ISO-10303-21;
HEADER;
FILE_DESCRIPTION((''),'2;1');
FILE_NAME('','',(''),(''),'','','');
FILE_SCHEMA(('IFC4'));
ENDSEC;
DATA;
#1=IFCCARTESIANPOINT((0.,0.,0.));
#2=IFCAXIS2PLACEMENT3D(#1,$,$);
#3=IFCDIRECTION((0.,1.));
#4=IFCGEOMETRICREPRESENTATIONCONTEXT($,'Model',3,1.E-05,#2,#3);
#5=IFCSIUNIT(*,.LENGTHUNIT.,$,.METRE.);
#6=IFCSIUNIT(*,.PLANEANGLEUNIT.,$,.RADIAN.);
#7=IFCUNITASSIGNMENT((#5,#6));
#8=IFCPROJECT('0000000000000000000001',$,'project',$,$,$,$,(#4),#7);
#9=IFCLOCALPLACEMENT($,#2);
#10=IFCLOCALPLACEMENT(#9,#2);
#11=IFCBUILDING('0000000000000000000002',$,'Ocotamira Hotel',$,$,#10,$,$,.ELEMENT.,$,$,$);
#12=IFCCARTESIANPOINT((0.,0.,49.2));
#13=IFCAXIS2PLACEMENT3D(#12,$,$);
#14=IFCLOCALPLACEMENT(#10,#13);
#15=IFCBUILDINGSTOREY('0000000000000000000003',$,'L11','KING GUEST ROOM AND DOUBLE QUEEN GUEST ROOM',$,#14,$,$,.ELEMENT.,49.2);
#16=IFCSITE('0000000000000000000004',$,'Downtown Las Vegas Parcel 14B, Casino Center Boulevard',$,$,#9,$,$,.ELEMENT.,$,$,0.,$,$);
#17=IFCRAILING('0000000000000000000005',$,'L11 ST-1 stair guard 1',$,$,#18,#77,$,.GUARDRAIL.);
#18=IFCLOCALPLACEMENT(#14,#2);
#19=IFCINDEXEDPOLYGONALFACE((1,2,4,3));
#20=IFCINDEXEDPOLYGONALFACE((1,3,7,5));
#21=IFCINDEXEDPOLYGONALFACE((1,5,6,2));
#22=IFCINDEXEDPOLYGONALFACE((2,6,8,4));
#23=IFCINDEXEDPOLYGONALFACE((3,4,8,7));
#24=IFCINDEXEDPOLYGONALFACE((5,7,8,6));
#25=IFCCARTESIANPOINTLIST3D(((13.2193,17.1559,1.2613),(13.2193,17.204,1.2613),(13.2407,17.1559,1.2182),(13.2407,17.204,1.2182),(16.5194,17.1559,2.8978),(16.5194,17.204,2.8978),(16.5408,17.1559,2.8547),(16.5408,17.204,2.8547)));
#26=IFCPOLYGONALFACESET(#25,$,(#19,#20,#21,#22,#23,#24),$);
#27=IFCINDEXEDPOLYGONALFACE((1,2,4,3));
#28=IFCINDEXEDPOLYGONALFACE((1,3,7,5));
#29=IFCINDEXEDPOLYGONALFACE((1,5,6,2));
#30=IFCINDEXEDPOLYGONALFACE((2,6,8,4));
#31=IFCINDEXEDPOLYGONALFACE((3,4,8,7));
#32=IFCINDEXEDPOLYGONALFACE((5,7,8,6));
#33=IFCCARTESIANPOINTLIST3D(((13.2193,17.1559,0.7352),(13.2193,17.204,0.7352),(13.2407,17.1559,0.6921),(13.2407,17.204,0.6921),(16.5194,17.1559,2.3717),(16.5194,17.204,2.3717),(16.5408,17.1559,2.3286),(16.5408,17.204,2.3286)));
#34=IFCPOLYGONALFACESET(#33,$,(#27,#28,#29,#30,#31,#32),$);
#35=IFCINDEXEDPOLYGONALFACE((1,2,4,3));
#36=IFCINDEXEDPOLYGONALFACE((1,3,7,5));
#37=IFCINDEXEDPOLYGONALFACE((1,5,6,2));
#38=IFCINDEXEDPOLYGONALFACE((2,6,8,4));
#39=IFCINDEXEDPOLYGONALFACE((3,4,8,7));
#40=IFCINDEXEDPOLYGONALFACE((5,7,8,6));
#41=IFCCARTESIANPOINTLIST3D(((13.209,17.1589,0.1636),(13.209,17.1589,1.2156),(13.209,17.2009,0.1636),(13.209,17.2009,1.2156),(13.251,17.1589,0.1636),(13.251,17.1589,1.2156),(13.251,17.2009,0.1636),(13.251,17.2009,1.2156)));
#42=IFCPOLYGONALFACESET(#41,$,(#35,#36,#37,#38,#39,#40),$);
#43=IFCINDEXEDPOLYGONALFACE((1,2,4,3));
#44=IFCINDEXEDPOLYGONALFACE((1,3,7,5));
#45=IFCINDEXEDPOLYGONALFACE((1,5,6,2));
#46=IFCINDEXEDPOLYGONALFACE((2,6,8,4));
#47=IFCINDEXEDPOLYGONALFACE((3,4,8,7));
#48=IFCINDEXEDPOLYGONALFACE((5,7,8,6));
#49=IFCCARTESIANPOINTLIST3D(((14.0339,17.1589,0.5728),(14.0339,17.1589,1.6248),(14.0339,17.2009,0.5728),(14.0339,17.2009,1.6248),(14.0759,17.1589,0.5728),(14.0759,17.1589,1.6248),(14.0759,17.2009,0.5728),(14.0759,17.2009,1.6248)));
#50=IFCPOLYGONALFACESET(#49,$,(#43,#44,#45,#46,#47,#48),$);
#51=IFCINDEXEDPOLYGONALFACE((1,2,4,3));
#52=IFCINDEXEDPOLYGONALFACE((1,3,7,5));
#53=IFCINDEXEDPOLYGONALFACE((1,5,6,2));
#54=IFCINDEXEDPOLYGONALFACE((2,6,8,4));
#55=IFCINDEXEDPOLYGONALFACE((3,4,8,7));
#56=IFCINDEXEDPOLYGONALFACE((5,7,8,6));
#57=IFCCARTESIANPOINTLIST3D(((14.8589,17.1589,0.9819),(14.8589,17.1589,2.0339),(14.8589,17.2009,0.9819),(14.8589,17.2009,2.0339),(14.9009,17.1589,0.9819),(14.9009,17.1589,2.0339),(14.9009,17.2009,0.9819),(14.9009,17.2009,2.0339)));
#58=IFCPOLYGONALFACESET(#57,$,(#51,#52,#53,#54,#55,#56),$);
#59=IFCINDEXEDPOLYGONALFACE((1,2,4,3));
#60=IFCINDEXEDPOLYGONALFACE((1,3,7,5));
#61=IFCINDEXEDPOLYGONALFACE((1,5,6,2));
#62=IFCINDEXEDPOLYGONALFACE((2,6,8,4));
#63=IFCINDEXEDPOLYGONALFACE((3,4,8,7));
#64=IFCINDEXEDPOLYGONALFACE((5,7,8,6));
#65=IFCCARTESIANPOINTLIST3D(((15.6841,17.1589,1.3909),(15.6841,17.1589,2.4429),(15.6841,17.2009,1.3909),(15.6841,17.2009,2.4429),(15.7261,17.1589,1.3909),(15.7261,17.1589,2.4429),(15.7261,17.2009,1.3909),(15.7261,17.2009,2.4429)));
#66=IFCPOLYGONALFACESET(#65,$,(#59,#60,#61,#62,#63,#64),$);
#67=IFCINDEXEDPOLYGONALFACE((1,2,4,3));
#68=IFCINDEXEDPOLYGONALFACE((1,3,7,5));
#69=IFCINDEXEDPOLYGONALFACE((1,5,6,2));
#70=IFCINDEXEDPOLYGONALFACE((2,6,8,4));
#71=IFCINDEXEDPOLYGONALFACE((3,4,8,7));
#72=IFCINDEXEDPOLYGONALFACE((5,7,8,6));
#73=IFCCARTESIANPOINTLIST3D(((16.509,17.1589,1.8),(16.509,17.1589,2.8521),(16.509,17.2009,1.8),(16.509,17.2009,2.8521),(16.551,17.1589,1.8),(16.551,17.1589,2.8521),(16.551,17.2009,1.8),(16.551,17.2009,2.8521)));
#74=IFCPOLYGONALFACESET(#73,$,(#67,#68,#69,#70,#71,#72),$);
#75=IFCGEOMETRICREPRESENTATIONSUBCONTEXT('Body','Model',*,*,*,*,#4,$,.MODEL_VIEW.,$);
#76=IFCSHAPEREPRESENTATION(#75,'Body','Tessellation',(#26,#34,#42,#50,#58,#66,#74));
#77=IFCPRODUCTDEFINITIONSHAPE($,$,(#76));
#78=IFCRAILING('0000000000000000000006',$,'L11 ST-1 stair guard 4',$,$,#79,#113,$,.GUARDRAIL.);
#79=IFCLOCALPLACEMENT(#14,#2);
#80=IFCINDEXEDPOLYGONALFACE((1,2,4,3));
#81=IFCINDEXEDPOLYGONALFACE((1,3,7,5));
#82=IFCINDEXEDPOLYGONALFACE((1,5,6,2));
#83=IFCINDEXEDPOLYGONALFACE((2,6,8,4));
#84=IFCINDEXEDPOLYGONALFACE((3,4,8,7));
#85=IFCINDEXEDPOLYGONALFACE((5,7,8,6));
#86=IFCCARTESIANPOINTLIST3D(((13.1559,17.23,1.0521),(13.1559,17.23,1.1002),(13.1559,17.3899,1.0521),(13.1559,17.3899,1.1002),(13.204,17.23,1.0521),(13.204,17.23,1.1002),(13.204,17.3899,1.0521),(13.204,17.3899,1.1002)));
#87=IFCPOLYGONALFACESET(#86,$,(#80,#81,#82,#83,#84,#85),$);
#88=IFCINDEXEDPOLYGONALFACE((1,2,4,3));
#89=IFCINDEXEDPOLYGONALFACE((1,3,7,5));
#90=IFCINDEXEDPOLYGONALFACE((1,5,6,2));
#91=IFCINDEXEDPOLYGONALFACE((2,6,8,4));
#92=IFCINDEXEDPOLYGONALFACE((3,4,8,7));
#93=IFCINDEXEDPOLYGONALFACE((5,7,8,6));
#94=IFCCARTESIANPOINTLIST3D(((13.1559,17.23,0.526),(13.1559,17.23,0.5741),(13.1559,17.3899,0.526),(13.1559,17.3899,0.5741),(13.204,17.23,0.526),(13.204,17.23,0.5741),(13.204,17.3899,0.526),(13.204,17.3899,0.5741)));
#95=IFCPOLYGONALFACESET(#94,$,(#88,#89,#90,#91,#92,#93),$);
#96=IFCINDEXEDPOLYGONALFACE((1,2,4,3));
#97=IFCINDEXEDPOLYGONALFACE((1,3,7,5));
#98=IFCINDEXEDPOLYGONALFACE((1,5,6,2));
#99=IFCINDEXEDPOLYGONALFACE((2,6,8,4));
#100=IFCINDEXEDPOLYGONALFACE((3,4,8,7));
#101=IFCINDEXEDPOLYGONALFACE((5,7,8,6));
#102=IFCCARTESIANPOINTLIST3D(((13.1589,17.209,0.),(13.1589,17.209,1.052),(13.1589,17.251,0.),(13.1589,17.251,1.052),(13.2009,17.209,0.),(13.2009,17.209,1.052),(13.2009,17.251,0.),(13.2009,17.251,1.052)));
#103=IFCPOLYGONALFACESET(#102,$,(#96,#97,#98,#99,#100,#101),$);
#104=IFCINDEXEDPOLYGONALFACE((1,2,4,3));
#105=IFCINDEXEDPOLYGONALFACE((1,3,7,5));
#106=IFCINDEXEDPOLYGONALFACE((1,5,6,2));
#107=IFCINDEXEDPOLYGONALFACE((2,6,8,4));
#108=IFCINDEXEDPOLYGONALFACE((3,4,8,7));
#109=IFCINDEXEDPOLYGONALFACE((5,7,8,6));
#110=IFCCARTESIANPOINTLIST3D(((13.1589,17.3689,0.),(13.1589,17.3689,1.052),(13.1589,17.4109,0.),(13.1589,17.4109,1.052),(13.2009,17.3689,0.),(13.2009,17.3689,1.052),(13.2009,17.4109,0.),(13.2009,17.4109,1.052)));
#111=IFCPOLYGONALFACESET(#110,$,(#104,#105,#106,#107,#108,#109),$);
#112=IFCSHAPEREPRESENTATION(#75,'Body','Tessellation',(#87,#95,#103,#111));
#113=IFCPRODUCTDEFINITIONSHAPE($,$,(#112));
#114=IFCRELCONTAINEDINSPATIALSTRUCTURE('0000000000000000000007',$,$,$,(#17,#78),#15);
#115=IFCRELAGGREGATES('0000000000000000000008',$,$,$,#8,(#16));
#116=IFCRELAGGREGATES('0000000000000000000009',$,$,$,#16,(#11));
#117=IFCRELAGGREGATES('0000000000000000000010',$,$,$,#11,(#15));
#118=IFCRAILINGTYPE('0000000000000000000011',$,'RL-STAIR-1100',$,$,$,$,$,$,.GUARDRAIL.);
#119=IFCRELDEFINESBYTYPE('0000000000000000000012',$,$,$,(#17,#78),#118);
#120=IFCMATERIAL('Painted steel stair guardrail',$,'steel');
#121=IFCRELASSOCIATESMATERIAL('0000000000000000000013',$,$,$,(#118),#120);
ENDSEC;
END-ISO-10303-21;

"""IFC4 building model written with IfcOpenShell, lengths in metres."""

from ifc_helpers import new_model, si_unit, direction, frame, origin, origin_2d, place, context, subcontext, project, spatial, rectangle, extrude, material, type_object, element, save


model = new_model("IFC4")

# Units and contexts
model_context = context("Model", 3, precision=1e-05, world=origin(), true_north=direction((0.0, 1.0)))
body_context = subcontext(model_context, "Body", "Model", "MODEL_VIEW")
ifc_project = project(units=[si_unit("LENGTHUNIT", "METRE"), si_unit("PLANEANGLEUNIT", "RADIAN")], contexts=[model_context])

# Site, building, storey
site_placement = place(None, origin())
site = spatial("IfcSite", under=ifc_project, at=site_placement, Name="Downtown Las Vegas Parcel 14B, Casino Center Boulevard", CompositionType="ELEMENT", RefElevation=0.0)
building_placement = place(site_placement, origin())
building = spatial("IfcBuilding", under=site, at=building_placement, Name="Ocotamira Hotel", CompositionType="ELEMENT")
storey_placement = place(building_placement, frame((0.0, 0.0, 49.2)))
storey = spatial("IfcBuildingStorey", under=building, at=storey_placement, Name="L11", Description="KING GUEST ROOM AND DOUBLE QUEEN GUEST ROOM", CompositionType="ELEMENT", Elevation=49.2)

# Railings
ifc_material_1 = material(Name="Painted steel stair guardrail", Category="steel")
railing_type_1 = type_object("IfcRailingType", Name="RL-STAIR-1100", PredefinedType="GUARDRAIL", material=ifc_material_1)
railing_1_placement = place(storey_placement, frame((13.23, 17.1799, 0.1636)))
element("IfcRailing", 1, at=railing_1_placement, inside=storey, type_object=railing_type_1, Name="L11 ST-1 stair guard 1", PredefinedType="GUARDRAIL", context=body_context, shape_type="SweptSolid", body=[
    extrude(rectangle(XDim=0.0481, YDim=0.0481, at=origin_2d()), frame((0.0, 0.0, 1.0762), z_axis=(0.895894, 0.0, 0.444268), x_axis=(0.0, 1.0, 0.0)), (0.0, 0.0, 1.0), 3.6836),
    extrude(rectangle(XDim=0.0481, YDim=0.0481, at=origin_2d()), frame((0.0, 0.0, 0.55), z_axis=(0.895894, 0.0, 0.444268), x_axis=(0.0, 1.0, 0.0)), (0.0, 0.0, 1.0), 3.6836),
    extrude(rectangle(XDim=0.042, YDim=0.042, at=origin_2d()), origin(), (0.0, 0.0, 1.0), 1.052),
    extrude(rectangle(XDim=0.042, YDim=0.042, at=origin_2d()), frame((0.825, 0.0, 0.4092)), (0.0, 0.0, 1.0), 1.052),
    extrude(rectangle(XDim=0.042, YDim=0.042, at=origin_2d()), frame((1.6499, 0.0, 0.8184)), (0.0, 0.0, 1.0), 1.052),
    extrude(rectangle(XDim=0.042, YDim=0.042, at=origin_2d()), frame((2.4751, 0.0, 1.2273)), (0.0, 0.0, 1.0), 1.052),
    extrude(rectangle(XDim=0.042, YDim=0.042, at=origin_2d()), frame((3.3, 0.0, 1.6365)), (0.0, 0.0, 1.0), 1.052),
])
railing_2_placement = place(storey_placement, frame((13.1799, 17.23, 0.0)))
element("IfcRailing", 2, at=railing_2_placement, inside=storey, type_object=railing_type_1, Name="L11 ST-1 stair guard 4", PredefinedType="GUARDRAIL", context=body_context, shape_type="SweptSolid", body=[
    extrude(rectangle(XDim=0.0481, YDim=0.0481, at=origin_2d()), frame((0.0, 0.0, 1.0762), z_axis=(0.0, 1.0, 0.0), x_axis=(-1.0, 0.0, 0.0)), (0.0, 0.0, 1.0), 0.1599),
    extrude(rectangle(XDim=0.0481, YDim=0.0481, at=origin_2d()), frame((0.0, 0.0, 0.55), z_axis=(0.0, 1.0, 0.0), x_axis=(-1.0, 0.0, 0.0)), (0.0, 0.0, 1.0), 0.1599),
    extrude(rectangle(XDim=0.042, YDim=0.042, at=origin_2d()), origin(), (0.0, 0.0, 1.0), 1.052),
    extrude(rectangle(XDim=0.042, YDim=0.042, at=origin_2d()), frame((0.0, 0.1599, 0.0)), (0.0, 0.0, 1.0), 1.052),
])

save(model, "model.ifc")
